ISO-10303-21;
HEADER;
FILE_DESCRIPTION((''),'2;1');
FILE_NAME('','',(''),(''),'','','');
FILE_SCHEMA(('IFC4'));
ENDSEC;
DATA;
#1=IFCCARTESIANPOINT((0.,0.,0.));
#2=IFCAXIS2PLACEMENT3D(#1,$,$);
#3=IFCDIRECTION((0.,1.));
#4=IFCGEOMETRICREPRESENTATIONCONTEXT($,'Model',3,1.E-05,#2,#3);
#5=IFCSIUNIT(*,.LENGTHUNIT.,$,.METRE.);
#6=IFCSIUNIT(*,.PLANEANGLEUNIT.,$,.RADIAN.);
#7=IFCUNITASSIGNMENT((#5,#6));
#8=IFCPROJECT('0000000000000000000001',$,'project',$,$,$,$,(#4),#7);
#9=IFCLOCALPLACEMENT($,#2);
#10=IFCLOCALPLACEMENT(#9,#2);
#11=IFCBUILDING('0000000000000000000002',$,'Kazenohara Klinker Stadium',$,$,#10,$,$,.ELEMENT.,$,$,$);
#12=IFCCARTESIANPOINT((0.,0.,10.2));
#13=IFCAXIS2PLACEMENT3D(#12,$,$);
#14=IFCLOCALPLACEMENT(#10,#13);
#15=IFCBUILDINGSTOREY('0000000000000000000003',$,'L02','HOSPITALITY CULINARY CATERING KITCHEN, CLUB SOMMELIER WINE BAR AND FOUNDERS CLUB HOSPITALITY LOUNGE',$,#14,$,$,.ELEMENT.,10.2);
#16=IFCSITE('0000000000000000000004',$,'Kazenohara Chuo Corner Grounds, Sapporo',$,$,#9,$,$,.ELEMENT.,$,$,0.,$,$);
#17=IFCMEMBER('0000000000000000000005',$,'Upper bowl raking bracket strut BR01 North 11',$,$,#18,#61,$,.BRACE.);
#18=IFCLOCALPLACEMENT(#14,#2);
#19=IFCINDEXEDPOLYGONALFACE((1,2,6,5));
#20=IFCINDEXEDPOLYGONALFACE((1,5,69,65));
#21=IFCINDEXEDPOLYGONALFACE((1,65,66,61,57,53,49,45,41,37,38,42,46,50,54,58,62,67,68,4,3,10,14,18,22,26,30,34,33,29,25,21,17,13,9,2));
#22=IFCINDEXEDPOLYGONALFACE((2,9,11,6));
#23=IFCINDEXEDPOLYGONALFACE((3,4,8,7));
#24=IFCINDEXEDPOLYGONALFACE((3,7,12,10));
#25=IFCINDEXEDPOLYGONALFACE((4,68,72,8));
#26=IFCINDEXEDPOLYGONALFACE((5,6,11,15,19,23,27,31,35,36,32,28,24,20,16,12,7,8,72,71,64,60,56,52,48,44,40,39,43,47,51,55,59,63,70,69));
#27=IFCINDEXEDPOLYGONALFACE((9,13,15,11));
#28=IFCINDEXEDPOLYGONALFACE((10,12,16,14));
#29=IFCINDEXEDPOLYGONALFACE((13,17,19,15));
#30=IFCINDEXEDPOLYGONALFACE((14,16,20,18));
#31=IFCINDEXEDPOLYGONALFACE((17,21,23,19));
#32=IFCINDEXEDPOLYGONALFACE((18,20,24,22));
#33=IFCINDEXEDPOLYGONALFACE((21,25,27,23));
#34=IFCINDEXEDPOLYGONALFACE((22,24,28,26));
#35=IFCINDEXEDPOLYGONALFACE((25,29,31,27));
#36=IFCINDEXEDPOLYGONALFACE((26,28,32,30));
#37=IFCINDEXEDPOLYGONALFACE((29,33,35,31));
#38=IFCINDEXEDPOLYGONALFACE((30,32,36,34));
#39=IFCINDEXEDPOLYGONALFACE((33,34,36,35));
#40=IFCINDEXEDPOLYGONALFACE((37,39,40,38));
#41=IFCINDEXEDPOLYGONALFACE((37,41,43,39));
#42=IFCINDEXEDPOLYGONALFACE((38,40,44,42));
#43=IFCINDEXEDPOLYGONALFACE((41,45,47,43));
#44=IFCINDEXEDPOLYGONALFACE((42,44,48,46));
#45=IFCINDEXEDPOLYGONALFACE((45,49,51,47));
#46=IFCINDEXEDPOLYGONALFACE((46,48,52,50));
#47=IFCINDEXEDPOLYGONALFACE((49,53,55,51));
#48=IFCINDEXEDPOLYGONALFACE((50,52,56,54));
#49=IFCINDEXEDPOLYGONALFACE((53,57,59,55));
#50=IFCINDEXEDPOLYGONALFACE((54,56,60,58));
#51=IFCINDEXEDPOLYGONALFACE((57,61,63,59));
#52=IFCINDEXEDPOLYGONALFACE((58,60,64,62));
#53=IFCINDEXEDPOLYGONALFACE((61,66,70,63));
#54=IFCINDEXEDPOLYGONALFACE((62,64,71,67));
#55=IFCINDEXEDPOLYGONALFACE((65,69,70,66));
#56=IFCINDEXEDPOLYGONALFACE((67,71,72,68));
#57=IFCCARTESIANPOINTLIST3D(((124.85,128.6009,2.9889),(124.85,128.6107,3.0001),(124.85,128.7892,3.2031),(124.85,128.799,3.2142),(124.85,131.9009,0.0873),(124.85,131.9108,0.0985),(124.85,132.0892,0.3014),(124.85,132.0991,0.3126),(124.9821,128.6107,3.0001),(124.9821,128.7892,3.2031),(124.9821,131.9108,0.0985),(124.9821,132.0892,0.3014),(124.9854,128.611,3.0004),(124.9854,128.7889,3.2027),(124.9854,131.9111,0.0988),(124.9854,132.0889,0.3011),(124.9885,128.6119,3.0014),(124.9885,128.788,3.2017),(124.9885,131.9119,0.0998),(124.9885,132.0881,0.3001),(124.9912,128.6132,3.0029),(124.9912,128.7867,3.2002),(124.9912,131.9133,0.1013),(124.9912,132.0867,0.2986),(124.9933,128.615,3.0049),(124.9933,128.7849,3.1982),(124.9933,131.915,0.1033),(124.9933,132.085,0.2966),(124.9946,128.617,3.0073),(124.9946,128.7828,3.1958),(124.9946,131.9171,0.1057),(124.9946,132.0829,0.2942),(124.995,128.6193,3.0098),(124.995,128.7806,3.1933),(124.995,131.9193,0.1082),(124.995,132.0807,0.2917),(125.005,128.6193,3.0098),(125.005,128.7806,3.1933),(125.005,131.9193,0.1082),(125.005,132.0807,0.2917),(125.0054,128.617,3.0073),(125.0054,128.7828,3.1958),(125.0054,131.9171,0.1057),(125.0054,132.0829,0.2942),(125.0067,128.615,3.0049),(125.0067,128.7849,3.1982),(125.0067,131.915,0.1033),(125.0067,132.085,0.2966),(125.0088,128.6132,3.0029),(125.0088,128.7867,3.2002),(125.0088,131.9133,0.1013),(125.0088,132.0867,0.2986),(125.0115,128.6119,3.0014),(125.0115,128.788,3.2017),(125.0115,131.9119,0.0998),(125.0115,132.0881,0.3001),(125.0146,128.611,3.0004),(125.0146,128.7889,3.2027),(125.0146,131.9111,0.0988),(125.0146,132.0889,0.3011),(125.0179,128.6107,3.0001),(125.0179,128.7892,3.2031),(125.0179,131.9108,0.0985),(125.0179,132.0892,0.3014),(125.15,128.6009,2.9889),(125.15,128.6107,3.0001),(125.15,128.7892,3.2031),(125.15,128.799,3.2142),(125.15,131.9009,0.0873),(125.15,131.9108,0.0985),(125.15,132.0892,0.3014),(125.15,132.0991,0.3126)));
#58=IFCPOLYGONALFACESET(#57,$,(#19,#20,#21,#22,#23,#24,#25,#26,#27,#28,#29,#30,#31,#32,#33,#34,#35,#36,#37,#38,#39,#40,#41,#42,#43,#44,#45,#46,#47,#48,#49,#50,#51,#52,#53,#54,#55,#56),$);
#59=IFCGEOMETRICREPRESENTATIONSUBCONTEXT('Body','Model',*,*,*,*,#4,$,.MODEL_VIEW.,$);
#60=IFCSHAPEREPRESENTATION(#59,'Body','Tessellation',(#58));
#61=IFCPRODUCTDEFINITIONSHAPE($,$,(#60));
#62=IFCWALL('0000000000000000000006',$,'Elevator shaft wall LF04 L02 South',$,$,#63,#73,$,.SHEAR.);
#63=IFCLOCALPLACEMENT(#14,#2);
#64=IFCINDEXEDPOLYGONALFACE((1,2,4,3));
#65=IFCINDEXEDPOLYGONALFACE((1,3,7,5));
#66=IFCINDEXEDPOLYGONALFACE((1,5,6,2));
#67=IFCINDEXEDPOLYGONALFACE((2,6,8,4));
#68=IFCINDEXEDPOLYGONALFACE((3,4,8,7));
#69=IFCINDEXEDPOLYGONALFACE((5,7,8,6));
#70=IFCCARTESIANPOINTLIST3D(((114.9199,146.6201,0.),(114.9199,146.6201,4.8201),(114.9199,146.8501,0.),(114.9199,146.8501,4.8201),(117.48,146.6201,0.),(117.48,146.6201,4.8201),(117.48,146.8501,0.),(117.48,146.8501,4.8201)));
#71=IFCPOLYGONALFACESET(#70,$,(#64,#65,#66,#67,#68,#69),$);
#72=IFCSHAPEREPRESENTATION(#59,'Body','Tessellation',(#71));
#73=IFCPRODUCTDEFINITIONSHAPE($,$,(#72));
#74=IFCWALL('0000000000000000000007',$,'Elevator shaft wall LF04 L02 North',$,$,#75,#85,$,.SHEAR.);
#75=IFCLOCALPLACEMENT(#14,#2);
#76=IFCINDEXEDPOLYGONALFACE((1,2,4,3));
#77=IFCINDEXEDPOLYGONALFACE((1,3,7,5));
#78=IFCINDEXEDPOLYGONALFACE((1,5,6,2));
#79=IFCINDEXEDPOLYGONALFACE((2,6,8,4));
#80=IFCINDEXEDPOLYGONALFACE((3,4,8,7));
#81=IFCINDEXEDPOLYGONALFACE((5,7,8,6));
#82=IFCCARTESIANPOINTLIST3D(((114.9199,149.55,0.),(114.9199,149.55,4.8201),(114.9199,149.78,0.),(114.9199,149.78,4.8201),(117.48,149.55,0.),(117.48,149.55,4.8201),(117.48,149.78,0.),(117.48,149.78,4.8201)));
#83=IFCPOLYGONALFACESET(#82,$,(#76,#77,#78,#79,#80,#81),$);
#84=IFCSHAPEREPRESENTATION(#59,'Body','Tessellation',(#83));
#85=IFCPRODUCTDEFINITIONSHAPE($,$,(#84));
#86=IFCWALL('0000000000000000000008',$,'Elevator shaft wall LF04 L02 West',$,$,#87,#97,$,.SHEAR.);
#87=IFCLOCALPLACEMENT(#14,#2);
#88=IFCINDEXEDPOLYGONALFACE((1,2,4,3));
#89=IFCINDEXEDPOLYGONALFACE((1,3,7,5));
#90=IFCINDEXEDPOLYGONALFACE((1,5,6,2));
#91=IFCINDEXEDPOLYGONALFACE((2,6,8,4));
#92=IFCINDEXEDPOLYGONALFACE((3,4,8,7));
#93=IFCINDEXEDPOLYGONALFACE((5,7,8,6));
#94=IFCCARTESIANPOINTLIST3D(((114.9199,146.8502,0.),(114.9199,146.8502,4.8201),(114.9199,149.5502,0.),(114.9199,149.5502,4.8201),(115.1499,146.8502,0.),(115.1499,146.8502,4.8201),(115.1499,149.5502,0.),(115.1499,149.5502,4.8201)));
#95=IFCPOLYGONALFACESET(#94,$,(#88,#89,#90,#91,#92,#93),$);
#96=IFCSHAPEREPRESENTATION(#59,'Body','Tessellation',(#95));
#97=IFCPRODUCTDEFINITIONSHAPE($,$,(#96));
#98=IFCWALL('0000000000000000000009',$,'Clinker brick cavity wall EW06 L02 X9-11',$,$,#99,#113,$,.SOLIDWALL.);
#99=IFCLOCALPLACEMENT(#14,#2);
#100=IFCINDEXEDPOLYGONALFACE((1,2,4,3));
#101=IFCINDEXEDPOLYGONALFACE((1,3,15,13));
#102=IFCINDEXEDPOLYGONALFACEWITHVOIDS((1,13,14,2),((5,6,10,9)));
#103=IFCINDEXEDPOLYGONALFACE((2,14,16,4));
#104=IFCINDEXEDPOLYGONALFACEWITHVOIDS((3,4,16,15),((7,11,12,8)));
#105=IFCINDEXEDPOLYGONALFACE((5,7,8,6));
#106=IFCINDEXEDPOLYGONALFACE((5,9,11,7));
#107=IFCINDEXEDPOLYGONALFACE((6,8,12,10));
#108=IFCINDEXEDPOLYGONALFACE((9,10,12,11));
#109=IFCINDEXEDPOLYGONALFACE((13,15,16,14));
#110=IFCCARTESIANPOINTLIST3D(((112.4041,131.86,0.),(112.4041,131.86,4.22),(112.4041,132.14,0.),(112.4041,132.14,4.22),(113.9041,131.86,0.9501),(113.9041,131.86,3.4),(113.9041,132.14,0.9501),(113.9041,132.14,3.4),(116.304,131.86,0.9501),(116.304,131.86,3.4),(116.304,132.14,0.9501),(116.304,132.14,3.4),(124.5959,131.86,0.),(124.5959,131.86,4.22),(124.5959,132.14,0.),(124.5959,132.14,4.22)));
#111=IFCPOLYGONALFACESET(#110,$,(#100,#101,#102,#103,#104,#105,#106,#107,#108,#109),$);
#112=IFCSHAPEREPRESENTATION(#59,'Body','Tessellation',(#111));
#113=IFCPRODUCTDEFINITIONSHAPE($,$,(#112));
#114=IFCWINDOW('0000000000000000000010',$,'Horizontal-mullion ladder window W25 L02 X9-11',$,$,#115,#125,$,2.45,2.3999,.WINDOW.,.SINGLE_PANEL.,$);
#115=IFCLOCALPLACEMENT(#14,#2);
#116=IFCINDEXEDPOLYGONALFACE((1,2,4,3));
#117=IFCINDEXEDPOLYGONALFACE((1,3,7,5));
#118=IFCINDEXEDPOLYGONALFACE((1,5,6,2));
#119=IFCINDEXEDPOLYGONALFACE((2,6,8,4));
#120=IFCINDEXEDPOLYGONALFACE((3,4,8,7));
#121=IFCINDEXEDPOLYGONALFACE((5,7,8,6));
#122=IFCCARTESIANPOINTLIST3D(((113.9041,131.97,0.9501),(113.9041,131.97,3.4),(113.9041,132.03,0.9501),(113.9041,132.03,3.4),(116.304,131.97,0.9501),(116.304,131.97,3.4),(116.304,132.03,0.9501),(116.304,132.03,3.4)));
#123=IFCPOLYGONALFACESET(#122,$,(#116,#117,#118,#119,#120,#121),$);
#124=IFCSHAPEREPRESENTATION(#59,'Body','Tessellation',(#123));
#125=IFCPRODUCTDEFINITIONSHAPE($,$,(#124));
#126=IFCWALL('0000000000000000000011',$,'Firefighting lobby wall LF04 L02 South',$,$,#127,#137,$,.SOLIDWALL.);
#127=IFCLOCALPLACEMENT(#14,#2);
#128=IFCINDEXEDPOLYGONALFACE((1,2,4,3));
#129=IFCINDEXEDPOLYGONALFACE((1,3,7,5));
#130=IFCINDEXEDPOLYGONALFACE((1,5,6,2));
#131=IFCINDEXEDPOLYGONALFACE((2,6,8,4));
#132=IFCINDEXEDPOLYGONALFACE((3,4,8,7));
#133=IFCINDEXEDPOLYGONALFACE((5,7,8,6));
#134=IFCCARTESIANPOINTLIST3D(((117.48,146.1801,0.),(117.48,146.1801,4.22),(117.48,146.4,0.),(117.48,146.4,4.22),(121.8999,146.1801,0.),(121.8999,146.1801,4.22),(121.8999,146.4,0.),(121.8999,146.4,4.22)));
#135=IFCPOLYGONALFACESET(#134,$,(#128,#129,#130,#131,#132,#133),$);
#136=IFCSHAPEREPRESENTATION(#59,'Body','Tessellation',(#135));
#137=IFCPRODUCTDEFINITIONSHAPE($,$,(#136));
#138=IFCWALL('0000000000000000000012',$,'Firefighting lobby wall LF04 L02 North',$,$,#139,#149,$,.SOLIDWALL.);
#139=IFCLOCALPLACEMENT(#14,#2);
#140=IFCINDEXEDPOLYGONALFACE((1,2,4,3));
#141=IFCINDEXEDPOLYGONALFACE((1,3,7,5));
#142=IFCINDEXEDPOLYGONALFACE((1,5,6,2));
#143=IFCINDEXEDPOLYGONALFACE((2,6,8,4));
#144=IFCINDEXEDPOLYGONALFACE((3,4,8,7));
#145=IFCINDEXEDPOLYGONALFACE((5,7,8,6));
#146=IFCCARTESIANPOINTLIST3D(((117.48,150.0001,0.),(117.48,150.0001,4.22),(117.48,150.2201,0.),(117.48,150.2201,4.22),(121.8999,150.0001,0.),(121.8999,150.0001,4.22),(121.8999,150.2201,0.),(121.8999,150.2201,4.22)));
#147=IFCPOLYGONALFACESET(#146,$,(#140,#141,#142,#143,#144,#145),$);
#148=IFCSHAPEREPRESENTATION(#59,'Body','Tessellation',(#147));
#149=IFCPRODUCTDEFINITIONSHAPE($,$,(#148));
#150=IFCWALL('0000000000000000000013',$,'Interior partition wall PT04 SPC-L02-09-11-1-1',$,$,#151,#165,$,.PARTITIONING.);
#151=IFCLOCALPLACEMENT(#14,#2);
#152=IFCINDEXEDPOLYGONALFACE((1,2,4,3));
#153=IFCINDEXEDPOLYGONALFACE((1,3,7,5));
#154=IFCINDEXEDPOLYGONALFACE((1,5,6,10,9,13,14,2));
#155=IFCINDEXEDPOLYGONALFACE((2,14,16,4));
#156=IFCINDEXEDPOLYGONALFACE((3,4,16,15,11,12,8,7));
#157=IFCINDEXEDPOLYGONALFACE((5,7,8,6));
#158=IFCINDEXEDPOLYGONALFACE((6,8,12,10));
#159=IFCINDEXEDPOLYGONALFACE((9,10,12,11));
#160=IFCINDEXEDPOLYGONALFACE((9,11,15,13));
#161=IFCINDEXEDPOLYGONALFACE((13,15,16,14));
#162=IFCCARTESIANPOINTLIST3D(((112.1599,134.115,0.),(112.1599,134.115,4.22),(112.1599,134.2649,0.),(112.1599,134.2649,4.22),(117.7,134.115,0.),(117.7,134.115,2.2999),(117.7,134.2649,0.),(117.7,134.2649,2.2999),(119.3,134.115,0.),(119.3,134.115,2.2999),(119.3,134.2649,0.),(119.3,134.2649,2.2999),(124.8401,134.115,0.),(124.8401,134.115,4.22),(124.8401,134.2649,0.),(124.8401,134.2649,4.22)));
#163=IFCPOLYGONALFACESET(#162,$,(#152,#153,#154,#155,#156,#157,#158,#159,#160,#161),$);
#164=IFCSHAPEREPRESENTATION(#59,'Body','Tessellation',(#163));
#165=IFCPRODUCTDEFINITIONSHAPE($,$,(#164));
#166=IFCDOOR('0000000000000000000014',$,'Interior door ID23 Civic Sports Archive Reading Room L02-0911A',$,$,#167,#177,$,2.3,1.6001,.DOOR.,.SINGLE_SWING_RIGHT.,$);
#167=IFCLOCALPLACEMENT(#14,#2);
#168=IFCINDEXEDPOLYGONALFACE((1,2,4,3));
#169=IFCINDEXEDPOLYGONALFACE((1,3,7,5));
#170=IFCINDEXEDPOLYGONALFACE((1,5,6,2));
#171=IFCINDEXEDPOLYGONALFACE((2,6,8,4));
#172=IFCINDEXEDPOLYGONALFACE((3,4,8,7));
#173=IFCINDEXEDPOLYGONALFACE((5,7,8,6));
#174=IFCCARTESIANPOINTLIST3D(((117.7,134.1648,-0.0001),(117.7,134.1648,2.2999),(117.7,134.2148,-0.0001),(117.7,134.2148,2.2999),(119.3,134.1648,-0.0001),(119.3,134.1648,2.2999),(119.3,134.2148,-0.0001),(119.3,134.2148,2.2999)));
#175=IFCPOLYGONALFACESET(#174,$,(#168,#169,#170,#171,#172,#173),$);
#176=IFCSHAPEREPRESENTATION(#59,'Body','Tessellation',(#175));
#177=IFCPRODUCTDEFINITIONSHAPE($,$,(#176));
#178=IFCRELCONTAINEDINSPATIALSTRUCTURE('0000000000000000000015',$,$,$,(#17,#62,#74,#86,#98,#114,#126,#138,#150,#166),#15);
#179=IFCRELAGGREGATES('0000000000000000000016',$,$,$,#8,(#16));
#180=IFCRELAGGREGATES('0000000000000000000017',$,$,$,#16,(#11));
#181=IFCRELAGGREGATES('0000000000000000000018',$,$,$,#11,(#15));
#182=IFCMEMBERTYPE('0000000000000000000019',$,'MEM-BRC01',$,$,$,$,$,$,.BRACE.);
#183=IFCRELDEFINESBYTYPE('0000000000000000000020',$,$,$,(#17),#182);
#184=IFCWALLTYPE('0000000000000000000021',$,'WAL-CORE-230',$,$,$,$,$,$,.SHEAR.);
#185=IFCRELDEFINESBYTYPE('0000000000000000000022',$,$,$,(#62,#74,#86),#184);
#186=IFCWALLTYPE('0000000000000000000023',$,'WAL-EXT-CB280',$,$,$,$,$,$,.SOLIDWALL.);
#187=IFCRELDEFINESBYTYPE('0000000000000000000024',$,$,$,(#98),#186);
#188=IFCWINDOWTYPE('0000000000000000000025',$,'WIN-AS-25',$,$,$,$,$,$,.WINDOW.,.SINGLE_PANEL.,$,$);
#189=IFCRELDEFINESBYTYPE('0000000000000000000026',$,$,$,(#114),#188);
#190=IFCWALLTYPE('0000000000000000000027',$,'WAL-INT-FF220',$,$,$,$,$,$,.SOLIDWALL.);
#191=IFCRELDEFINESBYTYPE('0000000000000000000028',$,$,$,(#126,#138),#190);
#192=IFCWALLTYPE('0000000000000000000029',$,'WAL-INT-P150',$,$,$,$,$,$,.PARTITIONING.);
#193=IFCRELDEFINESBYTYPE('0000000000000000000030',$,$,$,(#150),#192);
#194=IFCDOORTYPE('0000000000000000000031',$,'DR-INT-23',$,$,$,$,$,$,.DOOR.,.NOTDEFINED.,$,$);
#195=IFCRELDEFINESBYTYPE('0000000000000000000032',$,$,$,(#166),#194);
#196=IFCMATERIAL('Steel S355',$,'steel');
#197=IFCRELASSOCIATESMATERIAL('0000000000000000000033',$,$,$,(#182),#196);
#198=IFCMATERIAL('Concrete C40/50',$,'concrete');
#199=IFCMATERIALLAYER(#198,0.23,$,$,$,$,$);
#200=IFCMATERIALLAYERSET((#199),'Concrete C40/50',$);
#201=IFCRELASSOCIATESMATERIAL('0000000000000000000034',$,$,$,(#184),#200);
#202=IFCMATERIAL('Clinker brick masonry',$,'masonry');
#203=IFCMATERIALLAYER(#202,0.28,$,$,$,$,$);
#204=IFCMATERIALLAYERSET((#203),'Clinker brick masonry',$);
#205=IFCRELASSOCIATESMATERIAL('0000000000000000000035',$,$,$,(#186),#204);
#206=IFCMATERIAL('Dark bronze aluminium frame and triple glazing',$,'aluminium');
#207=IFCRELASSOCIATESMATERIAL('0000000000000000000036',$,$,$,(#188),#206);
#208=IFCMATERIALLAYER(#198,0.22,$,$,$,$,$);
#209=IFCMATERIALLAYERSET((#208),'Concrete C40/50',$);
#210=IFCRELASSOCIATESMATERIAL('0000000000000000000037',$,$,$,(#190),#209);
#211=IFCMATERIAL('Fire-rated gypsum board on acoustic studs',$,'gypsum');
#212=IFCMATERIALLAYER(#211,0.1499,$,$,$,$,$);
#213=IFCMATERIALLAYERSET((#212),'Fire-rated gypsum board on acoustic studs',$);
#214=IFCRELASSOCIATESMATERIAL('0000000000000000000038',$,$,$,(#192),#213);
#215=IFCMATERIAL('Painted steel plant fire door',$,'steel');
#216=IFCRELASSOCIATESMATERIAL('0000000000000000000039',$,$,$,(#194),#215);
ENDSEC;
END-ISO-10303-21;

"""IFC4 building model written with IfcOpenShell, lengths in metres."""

from ifc_helpers import new_model, si_unit, direction, frame, frame_2d, origin, origin_2d, place, context, subcontext, project, spatial, rectangle, i_section, extrude, material, layer, layer_set, material_profile, profile_set, type_object, element, fill, save


model = new_model("IFC4")

# Units and contexts
model_context = context("Model", 3, precision=1e-05, world=origin(), true_north=direction((0.0, 1.0)))
body_context = subcontext(model_context, "Body", "Model", "MODEL_VIEW")
ifc_project = project(units=[si_unit("LENGTHUNIT", "METRE"), si_unit("PLANEANGLEUNIT", "RADIAN")], contexts=[model_context])

# Site, building, storey
site_placement = place(None, origin())
site = spatial("IfcSite", under=ifc_project, at=site_placement, Name="Kazenohara Chuo Corner Grounds, Sapporo", CompositionType="ELEMENT", RefElevation=0.0)
building_placement = place(site_placement, origin())
building = spatial("IfcBuilding", under=site, at=building_placement, Name="Kazenohara Klinker Stadium", CompositionType="ELEMENT")
storey_placement = place(building_placement, frame((0.0, 0.0, 10.2)))
storey = spatial("IfcBuildingStorey", under=building, at=storey_placement, Name="L02", Description="HOSPITALITY CULINARY CATERING KITCHEN, CLUB SOMMELIER WINE BAR AND FOUNDERS CLUB HOSPITALITY LOUNGE", CompositionType="ELEMENT", Elevation=10.2)

# Shared definitions
ifc_material_1 = material(Name="Concrete C40/50", Category="concrete")

# Shared definitions
ifc_material_2 = material(Name="Steel S355", Category="steel")

# Member
ifc_material_profile_1 = material_profile(ifc_material_2, i_section(OverallWidth=0.3, OverallDepth=0.3, WebThickness=0.01, FlangeThickness=0.0149, FilletRadius=0.0129, at=origin_2d()), Name="H-300x300x10x15")
ifc_profile_set_1 = profile_set([ifc_material_profile_1], Name="Steel S355")
member_type = type_object("IfcMemberType", Name="MEM-BRC01", PredefinedType="BRACE", material=ifc_profile_set_1)
member_placement = place(storey_placement, frame((125.0, 132.0, 0.2), z_axis=(0.0, -0.750988, 0.660316), x_axis=(1.0, 0.0, 0.0)))
element("IfcMember", 1, at=member_placement, inside=storey, type_object=member_type, Name="Upper bowl raking bracket strut BR01 North 11", PredefinedType="BRACE", context=body_context, shape_type="SweptSolid", body=[
    extrude(i_section(OverallWidth=0.3, OverallDepth=0.3, WebThickness=0.01, FlangeThickness=0.0149, FilletRadius=0.0129, at=origin_2d()), origin(), (0.0, 0.0, 1.0), 4.3943),
])

# Walls
ifc_layer_1 = layer(ifc_material_1, 0.23)
ifc_layer_set_1 = layer_set([ifc_layer_1], Name="Concrete C40/50")
wall_type_1 = type_object("IfcWallType", Name="WAL-CORE-230", PredefinedType="SHEAR", material=ifc_layer_set_1)
for number, where, z_axis, x_axis, name in (
    (2, (114.9199, 146.7351, 0.0), (0.0, 0.0, 1.0), (1.0, 0.0, 0.0), "Elevator shaft wall LF04 L02 South"),
    (3, (114.9199, 149.665, 0.0), (0.0, 0.0, 1.0), (1.0, 0.0, 0.0), "Elevator shaft wall LF04 L02 North"),
):
    element("IfcWall", number, at=place(storey_placement, frame(where, z_axis=z_axis, x_axis=x_axis)), inside=storey, type_object=wall_type_1, Name=name, PredefinedType="SHEAR", context=body_context, shape_type="SweptSolid", body=[
        extrude(rectangle(XDim=2.5601, YDim=0.23, at=frame_2d((1.28, 0.0))), origin(), (0.0, 0.0, 1.0), 4.8201),
    ])
wall_1_placement = place(storey_placement, frame((115.0349, 146.8501, 0.0), z_axis=(0.0, 0.0, 1.0), x_axis=(0.0, 1.0, 0.0)))
element("IfcWall", 4, at=wall_1_placement, inside=storey, type_object=wall_type_1, Name="Elevator shaft wall LF04 L02 West", PredefinedType="SHEAR", context=body_context, shape_type="SweptSolid", body=[
    extrude(rectangle(XDim=2.7, YDim=0.23, at=frame_2d((1.3501, 0.0))), origin(), (0.0, 0.0, 1.0), 4.8201),
])

# Wall, opening, window
ifc_material_3 = material(Name="Clinker brick masonry", Category="masonry")
ifc_layer_2 = layer(ifc_material_3, 0.28)
ifc_layer_set_2 = layer_set([ifc_layer_2], Name="Clinker brick masonry")
wall_type_2 = type_object("IfcWallType", Name="WAL-EXT-CB280", PredefinedType="SOLIDWALL", material=ifc_layer_set_2)
wall_2_placement = place(storey_placement, frame((112.4041, 132.0, 0.0), z_axis=(0.0, 0.0, 1.0), x_axis=(1.0, 0.0, 0.0)))
wall_2 = element("IfcWall", 5, at=wall_2_placement, inside=storey, type_object=wall_type_2, Name="Clinker brick cavity wall EW06 L02 X9-11", PredefinedType="SOLIDWALL", context=body_context, shape_type="SweptSolid", body=[
    extrude(rectangle(XDim=12.1919, YDim=0.28, at=frame_2d((6.0959, 0.0))), origin(), (0.0, 0.0, 1.0), 4.22),
])
opening_1_placement = place(wall_2_placement, frame((1.5, 0.0, 0.95)))
opening_1 = element("IfcOpeningElement", 6, at=opening_1_placement, cuts=wall_2, PredefinedType="OPENING", context=body_context, shape_type="SweptSolid", body=[
    extrude(rectangle(XDim=2.3999, YDim=2.45, at=frame_2d((1.2, 1.2251))), frame((0.0, 0.1499, 0.0), z_axis=(0.0, -1.0, 0.0), x_axis=(1.0, 0.0, 0.0)), (0.0, 0.0, 1.0), 0.3),
])
ifc_material_4 = material(Name="Dark bronze aluminium frame and triple glazing", Category="aluminium")
window_type = type_object("IfcWindowType", Name="WIN-AS-25", PartitioningType="SINGLE_PANEL", PredefinedType="WINDOW", material=ifc_material_4)
window_placement = place(opening_1_placement, origin())
window = element("IfcWindow", 7, at=window_placement, inside=storey, type_object=window_type, Name="Horizontal-mullion ladder window W25 L02 X9-11", OverallHeight=2.45, OverallWidth=2.3999, PartitioningType="SINGLE_PANEL", PredefinedType="WINDOW", context=body_context, shape_type="SweptSolid", body=[
    extrude(rectangle(XDim=2.3999, YDim=2.45, at=frame_2d((1.2, 1.2251))), frame((0.0, 0.03, 0.0), z_axis=(0.0, -1.0, 0.0), x_axis=(1.0, 0.0, 0.0)), (0.0, 0.0, 1.0), 0.0601),
])
fill(opening_1, window)

# Walls
ifc_layer_3 = layer(ifc_material_1, 0.22)
ifc_layer_set_3 = layer_set([ifc_layer_3], Name="Concrete C40/50")
wall_type_3 = type_object("IfcWallType", Name="WAL-INT-FF220", PredefinedType="SOLIDWALL", material=ifc_layer_set_3)
for number, where, z_axis, x_axis, name in (
    (8, (117.48, 146.29, 0.0), (0.0, 0.0, 1.0), (1.0, 0.0, 0.0), "Firefighting lobby wall LF04 L02 South"),
    (9, (117.48, 150.1101, 0.0), (0.0, 0.0, 1.0), (1.0, 0.0, 0.0), "Firefighting lobby wall LF04 L02 North"),
):
    element("IfcWall", number, at=place(storey_placement, frame(where, z_axis=z_axis, x_axis=x_axis)), inside=storey, type_object=wall_type_3, Name=name, PredefinedType="SOLIDWALL", context=body_context, shape_type="SweptSolid", body=[
        extrude(rectangle(XDim=4.4199, YDim=0.22, at=frame_2d((2.21, 0.0))), origin(), (0.0, 0.0, 1.0), 4.22),
    ])

# Wall, opening, door
ifc_material_5 = material(Name="Fire-rated gypsum board on acoustic studs", Category="gypsum")
ifc_layer_4 = layer(ifc_material_5, 0.1499)
ifc_layer_set_4 = layer_set([ifc_layer_4], Name="Fire-rated gypsum board on acoustic studs")
wall_type_4 = type_object("IfcWallType", Name="WAL-INT-P150", PredefinedType="PARTITIONING", material=ifc_layer_set_4)
wall_3_placement = place(storey_placement, frame((112.1599, 134.1899, 0.0), z_axis=(0.0, 0.0, 1.0), x_axis=(1.0, 0.0, 0.0)))
wall_3 = element("IfcWall", 10, at=wall_3_placement, inside=storey, type_object=wall_type_4, Name="Interior partition wall PT04 SPC-L02-09-11-1-1", PredefinedType="PARTITIONING", context=body_context, shape_type="SweptSolid", body=[
    extrude(rectangle(XDim=12.6802, YDim=0.1499, at=frame_2d((6.3401, 0.0))), origin(), (0.0, 0.0, 1.0), 4.22),
])
opening_2_placement = place(wall_3_placement, frame((5.54, 0.0, 0.0)))
opening_2 = element("IfcOpeningElement", 11, at=opening_2_placement, cuts=wall_3, PredefinedType="OPENING", context=body_context, shape_type="SweptSolid", body=[
    extrude(rectangle(XDim=1.6001, YDim=2.3, at=frame_2d((0.8, 1.1499))), frame((0.0, 0.085, 0.0), z_axis=(0.0, -1.0, 0.0), x_axis=(1.0, 0.0, 0.0)), (0.0, 0.0, 1.0), 0.1699),
])
ifc_material_6 = material(Name="Painted steel plant fire door", Category="steel")
door_type_1 = type_object("IfcDoorType", Name="DR-INT-23", OperationType="NOTDEFINED", PredefinedType="DOOR", material=ifc_material_6)
door_1_placement = place(opening_2_placement, origin())
door_1 = element("IfcDoor", 12, at=door_1_placement, inside=storey, type_object=door_type_1, Name="Interior door ID23 Civic Sports Archive Reading Room L02-0911A", OperationType="SINGLE_SWING_RIGHT", OverallHeight=2.3, OverallWidth=1.6001, PredefinedType="DOOR", context=body_context, shape_type="SweptSolid", body=[
    extrude(rectangle(XDim=1.6001, YDim=2.3, at=frame_2d((0.8, 1.1499))), frame((0.0, 0.0249, 0.0), z_axis=(0.0, -1.0, 0.0), x_axis=(1.0, 0.0, 0.0)), (0.0, 0.0, 1.0), 0.05),
])
fill(opening_2, door_1)

save(model, "model.ifc")
